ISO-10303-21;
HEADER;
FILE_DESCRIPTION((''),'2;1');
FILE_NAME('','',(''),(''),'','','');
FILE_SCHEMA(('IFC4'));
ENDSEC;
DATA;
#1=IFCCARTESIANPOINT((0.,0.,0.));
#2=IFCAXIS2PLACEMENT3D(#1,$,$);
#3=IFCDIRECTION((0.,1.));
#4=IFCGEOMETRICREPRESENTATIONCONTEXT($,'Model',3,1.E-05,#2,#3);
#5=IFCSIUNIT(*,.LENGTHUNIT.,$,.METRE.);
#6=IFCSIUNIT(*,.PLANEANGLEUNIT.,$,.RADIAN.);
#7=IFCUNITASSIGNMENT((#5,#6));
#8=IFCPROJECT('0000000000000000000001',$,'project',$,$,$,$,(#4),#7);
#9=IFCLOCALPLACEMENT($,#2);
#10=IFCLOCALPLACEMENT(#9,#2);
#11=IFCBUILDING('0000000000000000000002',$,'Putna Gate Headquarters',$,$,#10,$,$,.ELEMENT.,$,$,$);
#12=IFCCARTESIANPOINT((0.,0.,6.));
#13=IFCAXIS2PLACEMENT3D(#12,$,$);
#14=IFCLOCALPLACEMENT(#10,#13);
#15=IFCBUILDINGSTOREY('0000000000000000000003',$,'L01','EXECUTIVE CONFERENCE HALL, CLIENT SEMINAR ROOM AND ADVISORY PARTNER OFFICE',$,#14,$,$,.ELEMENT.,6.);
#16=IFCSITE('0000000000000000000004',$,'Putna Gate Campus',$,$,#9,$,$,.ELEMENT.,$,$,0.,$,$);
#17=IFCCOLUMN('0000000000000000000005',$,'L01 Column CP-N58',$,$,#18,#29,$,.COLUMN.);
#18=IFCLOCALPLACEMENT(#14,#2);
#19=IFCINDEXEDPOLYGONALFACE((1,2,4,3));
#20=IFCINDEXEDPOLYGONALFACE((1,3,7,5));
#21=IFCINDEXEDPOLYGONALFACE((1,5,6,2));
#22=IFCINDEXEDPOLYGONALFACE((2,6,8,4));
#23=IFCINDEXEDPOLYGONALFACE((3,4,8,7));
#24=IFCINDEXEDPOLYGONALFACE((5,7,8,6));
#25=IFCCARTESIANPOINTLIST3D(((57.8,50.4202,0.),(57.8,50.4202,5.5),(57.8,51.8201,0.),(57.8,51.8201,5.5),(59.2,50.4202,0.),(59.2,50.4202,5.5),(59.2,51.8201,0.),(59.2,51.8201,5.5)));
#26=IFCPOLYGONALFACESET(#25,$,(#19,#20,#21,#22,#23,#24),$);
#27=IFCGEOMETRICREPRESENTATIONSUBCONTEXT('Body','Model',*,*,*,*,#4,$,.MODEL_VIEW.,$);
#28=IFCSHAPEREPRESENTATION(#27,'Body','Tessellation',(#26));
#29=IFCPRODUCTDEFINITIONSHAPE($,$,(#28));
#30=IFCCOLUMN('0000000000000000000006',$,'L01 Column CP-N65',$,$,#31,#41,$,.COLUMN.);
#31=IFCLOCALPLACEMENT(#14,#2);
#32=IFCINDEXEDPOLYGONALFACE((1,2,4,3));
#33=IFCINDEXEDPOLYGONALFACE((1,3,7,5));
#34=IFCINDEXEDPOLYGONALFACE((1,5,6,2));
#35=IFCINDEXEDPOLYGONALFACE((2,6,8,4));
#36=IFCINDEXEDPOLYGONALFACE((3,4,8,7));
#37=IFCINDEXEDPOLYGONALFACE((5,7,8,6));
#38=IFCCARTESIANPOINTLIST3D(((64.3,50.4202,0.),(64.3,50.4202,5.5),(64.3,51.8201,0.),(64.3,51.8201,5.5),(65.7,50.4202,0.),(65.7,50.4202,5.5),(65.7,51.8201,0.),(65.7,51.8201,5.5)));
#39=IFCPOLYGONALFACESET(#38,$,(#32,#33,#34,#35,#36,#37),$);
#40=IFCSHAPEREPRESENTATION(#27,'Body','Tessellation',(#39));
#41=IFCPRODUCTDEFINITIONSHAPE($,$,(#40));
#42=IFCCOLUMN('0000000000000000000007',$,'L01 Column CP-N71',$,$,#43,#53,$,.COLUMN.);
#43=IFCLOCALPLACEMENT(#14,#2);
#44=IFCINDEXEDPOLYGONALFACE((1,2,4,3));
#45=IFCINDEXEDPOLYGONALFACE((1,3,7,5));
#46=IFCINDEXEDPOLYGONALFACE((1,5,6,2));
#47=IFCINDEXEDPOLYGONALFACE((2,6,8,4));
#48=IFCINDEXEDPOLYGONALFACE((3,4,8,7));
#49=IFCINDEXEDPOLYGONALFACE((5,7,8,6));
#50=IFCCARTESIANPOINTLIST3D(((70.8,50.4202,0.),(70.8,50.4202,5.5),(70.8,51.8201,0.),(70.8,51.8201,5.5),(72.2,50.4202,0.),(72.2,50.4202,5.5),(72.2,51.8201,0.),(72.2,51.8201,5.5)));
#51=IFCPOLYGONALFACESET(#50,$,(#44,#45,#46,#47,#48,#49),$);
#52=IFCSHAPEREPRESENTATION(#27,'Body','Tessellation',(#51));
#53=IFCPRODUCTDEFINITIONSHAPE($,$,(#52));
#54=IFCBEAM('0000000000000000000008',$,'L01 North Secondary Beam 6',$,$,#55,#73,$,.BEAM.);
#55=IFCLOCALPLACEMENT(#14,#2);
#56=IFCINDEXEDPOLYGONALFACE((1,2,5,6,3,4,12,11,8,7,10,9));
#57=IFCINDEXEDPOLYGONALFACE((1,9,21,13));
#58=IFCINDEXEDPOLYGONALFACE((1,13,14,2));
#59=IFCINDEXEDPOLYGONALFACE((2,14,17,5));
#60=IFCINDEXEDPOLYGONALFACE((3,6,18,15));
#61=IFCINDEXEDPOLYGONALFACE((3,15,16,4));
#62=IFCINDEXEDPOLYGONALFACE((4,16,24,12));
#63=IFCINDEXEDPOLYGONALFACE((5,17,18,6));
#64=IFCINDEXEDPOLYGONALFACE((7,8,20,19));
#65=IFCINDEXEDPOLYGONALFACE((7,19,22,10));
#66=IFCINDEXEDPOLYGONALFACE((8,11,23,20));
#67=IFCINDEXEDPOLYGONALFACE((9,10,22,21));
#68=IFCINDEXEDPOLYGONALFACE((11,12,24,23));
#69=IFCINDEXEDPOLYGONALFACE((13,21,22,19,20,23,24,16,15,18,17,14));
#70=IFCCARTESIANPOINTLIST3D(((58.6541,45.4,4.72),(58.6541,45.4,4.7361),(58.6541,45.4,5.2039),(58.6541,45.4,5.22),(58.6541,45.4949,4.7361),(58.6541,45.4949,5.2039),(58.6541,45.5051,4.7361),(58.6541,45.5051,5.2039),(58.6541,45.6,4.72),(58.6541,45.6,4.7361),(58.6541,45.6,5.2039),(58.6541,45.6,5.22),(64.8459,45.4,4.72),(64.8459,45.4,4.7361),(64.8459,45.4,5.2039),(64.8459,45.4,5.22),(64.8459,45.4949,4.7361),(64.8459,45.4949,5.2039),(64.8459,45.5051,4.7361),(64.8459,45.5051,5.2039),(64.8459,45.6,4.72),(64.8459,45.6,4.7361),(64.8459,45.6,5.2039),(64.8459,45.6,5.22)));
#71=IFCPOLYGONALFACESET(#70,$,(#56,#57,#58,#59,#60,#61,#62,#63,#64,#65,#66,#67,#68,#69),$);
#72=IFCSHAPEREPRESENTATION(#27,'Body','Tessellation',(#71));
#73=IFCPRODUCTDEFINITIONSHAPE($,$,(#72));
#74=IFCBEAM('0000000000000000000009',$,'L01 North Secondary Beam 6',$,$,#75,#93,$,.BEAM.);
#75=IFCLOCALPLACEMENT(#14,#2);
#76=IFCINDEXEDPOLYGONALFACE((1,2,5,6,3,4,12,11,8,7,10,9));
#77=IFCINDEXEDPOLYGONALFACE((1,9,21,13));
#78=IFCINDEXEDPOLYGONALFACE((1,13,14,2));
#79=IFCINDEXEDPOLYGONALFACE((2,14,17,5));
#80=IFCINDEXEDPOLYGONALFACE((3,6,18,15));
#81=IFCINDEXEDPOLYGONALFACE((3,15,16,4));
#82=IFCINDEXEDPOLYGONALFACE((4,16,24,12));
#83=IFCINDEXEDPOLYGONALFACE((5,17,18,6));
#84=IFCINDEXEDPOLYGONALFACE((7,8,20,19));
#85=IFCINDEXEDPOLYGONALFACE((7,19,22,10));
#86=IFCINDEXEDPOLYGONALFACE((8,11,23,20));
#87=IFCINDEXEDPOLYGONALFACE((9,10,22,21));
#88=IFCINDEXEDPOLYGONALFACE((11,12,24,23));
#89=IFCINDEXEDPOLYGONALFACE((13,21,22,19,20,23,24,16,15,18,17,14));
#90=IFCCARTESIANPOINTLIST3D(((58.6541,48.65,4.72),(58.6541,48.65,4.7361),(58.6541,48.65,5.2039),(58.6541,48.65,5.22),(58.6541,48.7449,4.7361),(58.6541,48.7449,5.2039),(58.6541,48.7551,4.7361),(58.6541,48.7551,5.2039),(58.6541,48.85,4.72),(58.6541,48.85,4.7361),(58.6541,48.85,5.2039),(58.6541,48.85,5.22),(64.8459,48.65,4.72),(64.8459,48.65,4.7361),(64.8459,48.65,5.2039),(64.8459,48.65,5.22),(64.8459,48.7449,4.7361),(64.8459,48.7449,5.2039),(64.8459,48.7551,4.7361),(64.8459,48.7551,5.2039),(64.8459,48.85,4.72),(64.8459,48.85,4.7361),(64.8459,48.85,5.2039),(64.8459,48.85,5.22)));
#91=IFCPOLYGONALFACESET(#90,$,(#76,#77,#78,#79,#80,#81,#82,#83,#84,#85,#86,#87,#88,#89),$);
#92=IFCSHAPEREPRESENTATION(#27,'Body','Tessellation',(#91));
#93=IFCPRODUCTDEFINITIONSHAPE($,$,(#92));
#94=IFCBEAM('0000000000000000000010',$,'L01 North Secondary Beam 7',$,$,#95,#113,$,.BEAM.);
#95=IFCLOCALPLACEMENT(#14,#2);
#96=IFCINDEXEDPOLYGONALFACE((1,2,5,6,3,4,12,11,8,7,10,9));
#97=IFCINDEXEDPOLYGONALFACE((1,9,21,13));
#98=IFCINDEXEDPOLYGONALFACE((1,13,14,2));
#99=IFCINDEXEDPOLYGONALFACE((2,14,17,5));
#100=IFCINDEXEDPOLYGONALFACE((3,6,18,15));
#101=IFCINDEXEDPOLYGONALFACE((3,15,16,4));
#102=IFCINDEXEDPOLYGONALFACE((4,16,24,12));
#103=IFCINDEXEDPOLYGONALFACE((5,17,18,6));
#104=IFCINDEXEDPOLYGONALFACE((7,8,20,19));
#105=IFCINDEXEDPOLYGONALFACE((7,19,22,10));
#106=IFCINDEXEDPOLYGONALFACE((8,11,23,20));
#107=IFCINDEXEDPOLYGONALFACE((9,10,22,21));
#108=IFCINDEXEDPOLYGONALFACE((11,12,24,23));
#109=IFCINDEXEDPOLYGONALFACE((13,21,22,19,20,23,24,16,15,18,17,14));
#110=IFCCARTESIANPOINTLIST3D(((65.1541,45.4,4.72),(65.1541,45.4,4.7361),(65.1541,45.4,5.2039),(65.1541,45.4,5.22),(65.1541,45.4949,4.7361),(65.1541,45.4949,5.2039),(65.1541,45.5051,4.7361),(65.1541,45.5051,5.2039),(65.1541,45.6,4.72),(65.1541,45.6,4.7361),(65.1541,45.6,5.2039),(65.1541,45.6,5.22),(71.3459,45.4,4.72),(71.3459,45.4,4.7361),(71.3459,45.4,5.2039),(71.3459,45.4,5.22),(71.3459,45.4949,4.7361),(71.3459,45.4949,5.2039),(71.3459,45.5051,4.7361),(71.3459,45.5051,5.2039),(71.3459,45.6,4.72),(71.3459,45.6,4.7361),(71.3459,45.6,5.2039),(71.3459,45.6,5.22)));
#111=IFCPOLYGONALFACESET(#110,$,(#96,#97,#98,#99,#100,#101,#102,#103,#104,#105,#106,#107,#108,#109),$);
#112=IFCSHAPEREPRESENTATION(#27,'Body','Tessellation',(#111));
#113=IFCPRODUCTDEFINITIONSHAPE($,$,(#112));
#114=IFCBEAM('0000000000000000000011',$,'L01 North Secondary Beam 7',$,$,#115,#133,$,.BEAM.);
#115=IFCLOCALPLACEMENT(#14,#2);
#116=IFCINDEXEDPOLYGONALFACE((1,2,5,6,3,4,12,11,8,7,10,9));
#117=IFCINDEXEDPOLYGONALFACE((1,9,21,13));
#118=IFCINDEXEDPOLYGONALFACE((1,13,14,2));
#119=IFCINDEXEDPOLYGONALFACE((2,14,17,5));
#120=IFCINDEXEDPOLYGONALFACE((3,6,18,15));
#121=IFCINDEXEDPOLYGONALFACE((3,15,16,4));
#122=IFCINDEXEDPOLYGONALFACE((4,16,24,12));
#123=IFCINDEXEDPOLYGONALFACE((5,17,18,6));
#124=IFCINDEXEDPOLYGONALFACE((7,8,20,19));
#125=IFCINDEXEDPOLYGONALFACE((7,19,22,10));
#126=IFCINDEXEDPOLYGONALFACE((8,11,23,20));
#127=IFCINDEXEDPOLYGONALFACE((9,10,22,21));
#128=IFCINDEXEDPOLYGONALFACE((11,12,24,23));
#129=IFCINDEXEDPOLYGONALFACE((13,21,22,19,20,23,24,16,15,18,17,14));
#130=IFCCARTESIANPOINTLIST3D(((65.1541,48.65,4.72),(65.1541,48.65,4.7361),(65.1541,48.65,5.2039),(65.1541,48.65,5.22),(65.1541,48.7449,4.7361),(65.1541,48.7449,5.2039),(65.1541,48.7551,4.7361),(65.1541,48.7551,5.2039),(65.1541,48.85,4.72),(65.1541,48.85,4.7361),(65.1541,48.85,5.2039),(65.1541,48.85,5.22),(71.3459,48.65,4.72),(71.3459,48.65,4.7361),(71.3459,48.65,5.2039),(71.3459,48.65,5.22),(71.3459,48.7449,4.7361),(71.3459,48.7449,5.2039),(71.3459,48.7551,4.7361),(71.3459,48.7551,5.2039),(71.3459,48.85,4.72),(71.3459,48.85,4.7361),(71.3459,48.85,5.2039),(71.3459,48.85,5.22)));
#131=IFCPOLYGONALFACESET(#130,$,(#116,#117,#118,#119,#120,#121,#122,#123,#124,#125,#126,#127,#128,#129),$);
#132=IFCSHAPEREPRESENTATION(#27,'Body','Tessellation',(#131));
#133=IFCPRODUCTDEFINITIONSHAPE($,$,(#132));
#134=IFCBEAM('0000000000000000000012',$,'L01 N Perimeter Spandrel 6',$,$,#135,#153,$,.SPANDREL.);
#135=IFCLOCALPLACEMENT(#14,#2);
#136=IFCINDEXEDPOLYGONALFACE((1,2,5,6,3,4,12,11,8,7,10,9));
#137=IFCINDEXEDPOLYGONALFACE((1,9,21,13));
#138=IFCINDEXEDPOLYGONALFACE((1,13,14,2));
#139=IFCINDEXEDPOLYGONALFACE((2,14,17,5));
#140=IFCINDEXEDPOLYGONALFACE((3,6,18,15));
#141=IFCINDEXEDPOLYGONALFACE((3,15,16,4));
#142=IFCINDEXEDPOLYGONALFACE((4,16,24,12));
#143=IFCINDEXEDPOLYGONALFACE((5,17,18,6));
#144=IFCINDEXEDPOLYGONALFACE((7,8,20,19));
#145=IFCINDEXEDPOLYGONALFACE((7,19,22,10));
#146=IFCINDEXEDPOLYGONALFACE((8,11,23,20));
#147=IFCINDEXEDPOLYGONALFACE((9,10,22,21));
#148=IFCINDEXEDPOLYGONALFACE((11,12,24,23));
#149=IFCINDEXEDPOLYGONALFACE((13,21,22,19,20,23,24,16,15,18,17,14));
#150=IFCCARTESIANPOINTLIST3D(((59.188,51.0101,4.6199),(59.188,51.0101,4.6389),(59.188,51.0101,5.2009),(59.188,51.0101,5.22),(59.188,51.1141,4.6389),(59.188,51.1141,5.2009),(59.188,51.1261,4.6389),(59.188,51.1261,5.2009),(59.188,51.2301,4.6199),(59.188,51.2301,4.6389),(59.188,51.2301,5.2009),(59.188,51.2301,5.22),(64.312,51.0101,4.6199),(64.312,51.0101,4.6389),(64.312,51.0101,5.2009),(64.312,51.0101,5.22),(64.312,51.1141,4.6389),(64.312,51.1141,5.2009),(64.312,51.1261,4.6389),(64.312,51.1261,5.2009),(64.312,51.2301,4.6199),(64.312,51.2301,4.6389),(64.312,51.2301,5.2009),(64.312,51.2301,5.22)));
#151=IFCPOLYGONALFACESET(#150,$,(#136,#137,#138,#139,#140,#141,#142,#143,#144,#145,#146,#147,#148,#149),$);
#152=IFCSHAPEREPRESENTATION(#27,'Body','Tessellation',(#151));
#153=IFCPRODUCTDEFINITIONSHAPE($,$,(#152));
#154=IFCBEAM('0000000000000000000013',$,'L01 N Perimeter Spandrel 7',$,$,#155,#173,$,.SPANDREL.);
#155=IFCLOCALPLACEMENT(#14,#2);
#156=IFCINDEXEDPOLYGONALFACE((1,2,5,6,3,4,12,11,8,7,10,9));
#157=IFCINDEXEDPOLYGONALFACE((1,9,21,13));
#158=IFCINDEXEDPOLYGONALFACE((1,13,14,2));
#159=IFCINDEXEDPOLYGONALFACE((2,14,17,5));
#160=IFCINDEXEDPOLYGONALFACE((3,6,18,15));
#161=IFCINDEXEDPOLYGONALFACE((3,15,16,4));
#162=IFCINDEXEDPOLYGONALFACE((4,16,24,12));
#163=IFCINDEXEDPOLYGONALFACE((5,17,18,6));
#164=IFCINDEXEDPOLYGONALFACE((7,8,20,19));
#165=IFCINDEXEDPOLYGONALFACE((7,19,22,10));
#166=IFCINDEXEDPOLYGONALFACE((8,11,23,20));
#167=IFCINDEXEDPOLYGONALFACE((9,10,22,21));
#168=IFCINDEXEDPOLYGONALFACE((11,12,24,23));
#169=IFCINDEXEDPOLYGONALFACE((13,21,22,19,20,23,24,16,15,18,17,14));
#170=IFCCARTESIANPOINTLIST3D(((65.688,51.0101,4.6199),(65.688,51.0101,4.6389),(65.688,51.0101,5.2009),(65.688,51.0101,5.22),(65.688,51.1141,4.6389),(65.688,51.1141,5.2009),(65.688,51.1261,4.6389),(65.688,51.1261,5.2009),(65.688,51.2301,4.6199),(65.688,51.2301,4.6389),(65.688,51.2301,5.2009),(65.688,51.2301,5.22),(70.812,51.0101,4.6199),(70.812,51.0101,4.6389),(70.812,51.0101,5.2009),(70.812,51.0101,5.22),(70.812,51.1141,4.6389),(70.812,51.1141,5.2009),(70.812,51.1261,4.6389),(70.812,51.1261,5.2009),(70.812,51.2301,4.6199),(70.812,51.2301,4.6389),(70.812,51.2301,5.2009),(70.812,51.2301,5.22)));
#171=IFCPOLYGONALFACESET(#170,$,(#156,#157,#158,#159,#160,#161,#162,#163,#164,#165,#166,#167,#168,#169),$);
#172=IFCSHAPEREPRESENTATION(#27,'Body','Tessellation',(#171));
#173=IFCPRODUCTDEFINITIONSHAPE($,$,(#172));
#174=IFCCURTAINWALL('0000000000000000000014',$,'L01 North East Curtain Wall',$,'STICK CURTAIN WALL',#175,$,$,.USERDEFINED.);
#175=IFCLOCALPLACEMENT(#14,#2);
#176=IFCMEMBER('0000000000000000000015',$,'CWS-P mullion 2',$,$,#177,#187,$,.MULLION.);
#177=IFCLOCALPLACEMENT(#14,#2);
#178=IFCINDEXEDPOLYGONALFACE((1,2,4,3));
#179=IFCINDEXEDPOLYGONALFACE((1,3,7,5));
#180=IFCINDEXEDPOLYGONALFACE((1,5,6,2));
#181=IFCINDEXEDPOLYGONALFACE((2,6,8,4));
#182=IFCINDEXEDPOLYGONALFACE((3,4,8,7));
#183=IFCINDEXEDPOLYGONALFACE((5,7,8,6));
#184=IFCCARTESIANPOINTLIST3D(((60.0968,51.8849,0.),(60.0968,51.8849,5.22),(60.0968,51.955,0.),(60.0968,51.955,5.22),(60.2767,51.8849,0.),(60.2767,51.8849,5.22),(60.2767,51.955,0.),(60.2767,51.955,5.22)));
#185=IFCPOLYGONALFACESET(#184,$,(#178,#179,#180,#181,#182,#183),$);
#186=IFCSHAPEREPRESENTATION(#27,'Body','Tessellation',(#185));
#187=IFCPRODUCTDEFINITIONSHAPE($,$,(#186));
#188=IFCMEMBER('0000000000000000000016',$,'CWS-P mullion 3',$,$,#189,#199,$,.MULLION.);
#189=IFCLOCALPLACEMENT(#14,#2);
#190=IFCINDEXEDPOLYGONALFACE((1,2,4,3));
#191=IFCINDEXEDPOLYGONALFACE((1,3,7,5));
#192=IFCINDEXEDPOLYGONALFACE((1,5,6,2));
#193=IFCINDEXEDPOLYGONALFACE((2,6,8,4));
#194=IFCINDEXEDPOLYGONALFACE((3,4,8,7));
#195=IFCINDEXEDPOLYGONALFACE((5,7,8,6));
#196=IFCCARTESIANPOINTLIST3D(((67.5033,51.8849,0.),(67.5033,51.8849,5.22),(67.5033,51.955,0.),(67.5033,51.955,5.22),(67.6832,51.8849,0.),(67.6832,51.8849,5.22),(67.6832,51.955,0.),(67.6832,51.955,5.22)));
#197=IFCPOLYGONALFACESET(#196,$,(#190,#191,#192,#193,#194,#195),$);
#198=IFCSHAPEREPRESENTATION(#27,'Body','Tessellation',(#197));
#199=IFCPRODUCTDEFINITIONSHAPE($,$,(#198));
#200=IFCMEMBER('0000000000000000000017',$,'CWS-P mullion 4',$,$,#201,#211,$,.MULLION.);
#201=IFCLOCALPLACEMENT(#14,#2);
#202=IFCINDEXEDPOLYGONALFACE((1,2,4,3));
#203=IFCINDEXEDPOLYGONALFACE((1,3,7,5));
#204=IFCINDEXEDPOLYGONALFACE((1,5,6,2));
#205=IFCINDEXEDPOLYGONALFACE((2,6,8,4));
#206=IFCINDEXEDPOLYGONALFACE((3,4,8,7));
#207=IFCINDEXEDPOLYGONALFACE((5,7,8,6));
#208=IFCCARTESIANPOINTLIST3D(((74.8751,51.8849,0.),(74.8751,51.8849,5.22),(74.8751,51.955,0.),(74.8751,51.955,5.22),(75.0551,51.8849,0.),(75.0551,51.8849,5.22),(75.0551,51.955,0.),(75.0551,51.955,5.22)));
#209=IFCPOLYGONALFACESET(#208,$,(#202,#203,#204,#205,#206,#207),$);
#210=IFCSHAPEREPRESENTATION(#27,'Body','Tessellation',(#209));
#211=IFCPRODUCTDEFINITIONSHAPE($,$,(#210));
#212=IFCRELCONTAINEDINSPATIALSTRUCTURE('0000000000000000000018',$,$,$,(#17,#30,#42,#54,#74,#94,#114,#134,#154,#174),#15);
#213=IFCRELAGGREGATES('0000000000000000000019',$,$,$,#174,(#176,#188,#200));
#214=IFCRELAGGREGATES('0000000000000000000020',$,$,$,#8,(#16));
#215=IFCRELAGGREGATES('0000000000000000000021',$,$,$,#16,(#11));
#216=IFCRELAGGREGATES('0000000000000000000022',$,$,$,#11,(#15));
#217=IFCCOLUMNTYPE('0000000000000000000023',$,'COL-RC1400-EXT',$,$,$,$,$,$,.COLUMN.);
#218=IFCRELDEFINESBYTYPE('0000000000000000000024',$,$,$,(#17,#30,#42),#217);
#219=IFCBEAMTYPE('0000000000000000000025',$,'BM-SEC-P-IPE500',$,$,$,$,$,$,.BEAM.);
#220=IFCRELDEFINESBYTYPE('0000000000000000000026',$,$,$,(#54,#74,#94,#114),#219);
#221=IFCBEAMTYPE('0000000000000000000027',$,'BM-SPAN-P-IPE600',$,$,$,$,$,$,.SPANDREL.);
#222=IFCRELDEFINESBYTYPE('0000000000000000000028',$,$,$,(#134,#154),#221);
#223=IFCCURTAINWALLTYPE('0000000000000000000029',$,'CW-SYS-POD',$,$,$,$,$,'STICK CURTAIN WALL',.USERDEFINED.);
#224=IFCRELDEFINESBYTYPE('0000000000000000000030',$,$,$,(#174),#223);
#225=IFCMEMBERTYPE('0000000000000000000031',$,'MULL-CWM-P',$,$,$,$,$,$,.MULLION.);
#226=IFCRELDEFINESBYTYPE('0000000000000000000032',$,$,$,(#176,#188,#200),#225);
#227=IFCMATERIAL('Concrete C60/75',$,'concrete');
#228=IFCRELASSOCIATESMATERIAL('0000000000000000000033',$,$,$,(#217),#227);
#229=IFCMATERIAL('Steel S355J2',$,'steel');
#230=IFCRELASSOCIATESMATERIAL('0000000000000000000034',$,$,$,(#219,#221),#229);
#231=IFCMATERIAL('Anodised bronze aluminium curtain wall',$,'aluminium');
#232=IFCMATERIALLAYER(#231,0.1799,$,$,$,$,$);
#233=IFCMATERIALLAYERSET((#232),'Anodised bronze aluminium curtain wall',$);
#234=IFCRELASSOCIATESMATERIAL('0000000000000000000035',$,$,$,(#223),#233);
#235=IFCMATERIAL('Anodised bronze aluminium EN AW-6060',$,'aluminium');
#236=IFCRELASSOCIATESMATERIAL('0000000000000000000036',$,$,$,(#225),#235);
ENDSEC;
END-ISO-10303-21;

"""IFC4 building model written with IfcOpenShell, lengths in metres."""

from ifc_helpers import new_model, si_unit, direction, frame, origin, origin_2d, place, context, subcontext, project, spatial, rectangle, i_section, extrude, material, layer, layer_set, material_profile, profile_set, type_object, element, aggregate, save


model = new_model("IFC4")

# Units and contexts
model_context = context("Model", 3, precision=1e-05, world=origin(), true_north=direction((0.0, 1.0)))
body_context = subcontext(model_context, "Body", "Model", "MODEL_VIEW")
ifc_project = project(units=[si_unit("LENGTHUNIT", "METRE"), si_unit("PLANEANGLEUNIT", "RADIAN")], contexts=[model_context])

# Site, building, storey
site_placement = place(None, origin())
site = spatial("IfcSite", under=ifc_project, at=site_placement, Name="Putna Gate Campus", CompositionType="ELEMENT", RefElevation=0.0)
building_placement = place(site_placement, origin())
building = spatial("IfcBuilding", under=site, at=building_placement, Name="Putna Gate Headquarters", CompositionType="ELEMENT")
storey_placement = place(building_placement, frame((0.0, 0.0, 6.0)))
storey = spatial("IfcBuildingStorey", under=building, at=storey_placement, Name="L01", Description="EXECUTIVE CONFERENCE HALL, CLIENT SEMINAR ROOM AND ADVISORY PARTNER OFFICE", CompositionType="ELEMENT", Elevation=6.0)

# Columns
ifc_material_1 = material(Name="Concrete C60/75", Category="concrete")
ifc_material_profile_1 = material_profile(ifc_material_1, rectangle(XDim=1.3999, YDim=1.3999, at=origin_2d()), Name="Concrete C60/75")
ifc_profile_set_1 = profile_set([ifc_material_profile_1], Name="Concrete C60/75")
column_type = type_object("IfcColumnType", Name="COL-RC1400-EXT", PredefinedType="COLUMN", material=ifc_profile_set_1)
for number, where, z_axis, x_axis, name in (
    (1, (58.5, 51.1201, 0.0), (0.0, 0.0, 1.0), (1.0, 0.0, 0.0), "L01 Column CP-N58"),
    (2, (65.0, 51.1201, 0.0), (0.0, 0.0, 1.0), (1.0, 0.0, 0.0), "L01 Column CP-N65"),
    (3, (71.5, 51.1201, 0.0), (0.0, 0.0, 1.0), (1.0, 0.0, 0.0), "L01 Column CP-N71"),
):
    element("IfcColumn", number, at=place(storey_placement, frame(where, z_axis=z_axis, x_axis=x_axis)), inside=storey, type_object=column_type, Name=name, PredefinedType="COLUMN", context=body_context, shape_type="SweptSolid", body=[
        extrude(rectangle(XDim=1.3999, YDim=1.3999, at=origin_2d()), origin(), (0.0, 0.0, 1.0), 5.5),
    ])

# Beams
ifc_material_2 = material(Name="Steel S355J2", Category="steel")
ifc_material_profile_2 = material_profile(ifc_material_2, i_section(OverallWidth=0.2, OverallDepth=0.5, WebThickness=0.0103, FlangeThickness=0.0161, at=origin_2d()), Name="Steel S355J2")
ifc_profile_set_2 = profile_set([ifc_material_profile_2], Name="Steel S355J2")
beam_type_1 = type_object("IfcBeamType", Name="BM-SEC-P-IPE500", PredefinedType="BEAM", material=ifc_profile_set_2)
for number, where, z_axis, x_axis, name in (
    (4, (58.6541, 45.5, 4.97), (1.0, 0.0, 0.0), (0.0, 1.0, 0.0), "L01 North Secondary Beam 6"),
    (5, (58.6541, 48.75, 4.97), (1.0, 0.0, 0.0), (0.0, 1.0, 0.0), "L01 North Secondary Beam 6"),
    (6, (65.1541, 45.5, 4.97), (1.0, 0.0, 0.0), (0.0, 1.0, 0.0), "L01 North Secondary Beam 7"),
    (7, (65.1541, 48.75, 4.97), (1.0, 0.0, 0.0), (0.0, 1.0, 0.0), "L01 North Secondary Beam 7"),
):
    element("IfcBeam", number, at=place(storey_placement, frame(where, z_axis=z_axis, x_axis=x_axis)), inside=storey, type_object=beam_type_1, Name=name, PredefinedType="BEAM", context=body_context, shape_type="SweptSolid", body=[
        extrude(i_section(OverallWidth=0.2, OverallDepth=0.5, WebThickness=0.0103, FlangeThickness=0.0161, at=origin_2d()), origin(), (0.0, 0.0, 1.0), 6.1919),
    ])
ifc_material_profile_3 = material_profile(ifc_material_2, i_section(OverallWidth=0.22, OverallDepth=0.6001, WebThickness=0.012, FlangeThickness=0.019, at=origin_2d()), Name="Steel S355J2")
ifc_profile_set_3 = profile_set([ifc_material_profile_3], Name="Steel S355J2")
beam_type_2 = type_object("IfcBeamType", Name="BM-SPAN-P-IPE600", PredefinedType="SPANDREL", material=ifc_profile_set_3)
for number, where, z_axis, x_axis, name in (
    (8, (59.188, 51.1201, 4.9199), (1.0, 0.0, 0.0), (0.0, 1.0, 0.0), "L01 N Perimeter Spandrel 6"),
    (9, (65.688, 51.1201, 4.9199), (1.0, 0.0, 0.0), (0.0, 1.0, 0.0), "L01 N Perimeter Spandrel 7"),
):
    element("IfcBeam", number, at=place(storey_placement, frame(where, z_axis=z_axis, x_axis=x_axis)), inside=storey, type_object=beam_type_2, Name=name, PredefinedType="SPANDREL", context=body_context, shape_type="SweptSolid", body=[
        extrude(i_section(OverallWidth=0.22, OverallDepth=0.6001, WebThickness=0.012, FlangeThickness=0.019, at=origin_2d()), origin(), (0.0, 0.0, 1.0), 5.124),
    ])

# Curtain wall, members
ifc_material_3 = material(Name="Anodised bronze aluminium curtain wall", Category="aluminium")
ifc_layer_1 = layer(ifc_material_3, 0.1799)
ifc_layer_set_1 = layer_set([ifc_layer_1], Name="Anodised bronze aluminium curtain wall")
curtain_wall_type = type_object("IfcCurtainWallType", Name="CW-SYS-POD", ElementType="STICK CURTAIN WALL", PredefinedType="USERDEFINED", material=ifc_layer_set_1)
curtain_wall_placement = place(storey_placement, origin())
curtain_wall = element("IfcCurtainWall", 10, at=curtain_wall_placement, inside=storey, type_object=curtain_wall_type, Name="L01 North East Curtain Wall", ObjectType="STICK CURTAIN WALL", PredefinedType="USERDEFINED")
ifc_material_4 = material(Name="Anodised bronze aluminium EN AW-6060", Category="aluminium")
ifc_material_profile_4 = material_profile(ifc_material_4, rectangle(XDim=0.0701, YDim=0.1799, at=origin_2d()), Name="Anodised bronze aluminium EN AW-6060")
ifc_profile_set_4 = profile_set([ifc_material_profile_4], Name="Anodised bronze aluminium EN AW-6060")
member_type_1 = type_object("IfcMemberType", Name="MULL-CWM-P", PredefinedType="MULLION", material=ifc_profile_set_4)
member_1_placement = place(storey_placement, frame((60.1868, 51.9199, 0.0), z_axis=(0.0, 0.0, 1.0), x_axis=(0.0, 1.0, 0.0)))
member_1 = element("IfcMember", 11, at=member_1_placement, type_object=member_type_1, Name="CWS-P mullion 2", PredefinedType="MULLION", context=body_context, shape_type="SweptSolid", body=[
    extrude(rectangle(XDim=0.0701, YDim=0.1799, at=origin_2d()), origin(), (0.0, 0.0, 1.0), 5.22),
])
member_2_placement = place(storey_placement, frame((67.5933, 51.9199, 0.0), z_axis=(0.0, 0.0, 1.0), x_axis=(0.0, 1.0, 0.0)))
member_2 = element("IfcMember", 12, at=member_2_placement, type_object=member_type_1, Name="CWS-P mullion 3", PredefinedType="MULLION", context=body_context, shape_type="SweptSolid", body=[
    extrude(rectangle(XDim=0.0701, YDim=0.1799, at=origin_2d()), origin(), (0.0, 0.0, 1.0), 5.22),
])
member_3_placement = place(storey_placement, frame((74.9651, 51.9199, 0.0), z_axis=(0.0, 0.0, 1.0), x_axis=(0.0, 1.0, 0.0)))
member_3 = element("IfcMember", 13, at=member_3_placement, type_object=member_type_1, Name="CWS-P mullion 4", PredefinedType="MULLION", context=body_context, shape_type="SweptSolid", body=[
    extrude(rectangle(XDim=0.0701, YDim=0.1799, at=origin_2d()), origin(), (0.0, 0.0, 1.0), 5.22),
])
aggregate(curtain_wall, [member_1, member_2, member_3])

save(model, "model.ifc")
